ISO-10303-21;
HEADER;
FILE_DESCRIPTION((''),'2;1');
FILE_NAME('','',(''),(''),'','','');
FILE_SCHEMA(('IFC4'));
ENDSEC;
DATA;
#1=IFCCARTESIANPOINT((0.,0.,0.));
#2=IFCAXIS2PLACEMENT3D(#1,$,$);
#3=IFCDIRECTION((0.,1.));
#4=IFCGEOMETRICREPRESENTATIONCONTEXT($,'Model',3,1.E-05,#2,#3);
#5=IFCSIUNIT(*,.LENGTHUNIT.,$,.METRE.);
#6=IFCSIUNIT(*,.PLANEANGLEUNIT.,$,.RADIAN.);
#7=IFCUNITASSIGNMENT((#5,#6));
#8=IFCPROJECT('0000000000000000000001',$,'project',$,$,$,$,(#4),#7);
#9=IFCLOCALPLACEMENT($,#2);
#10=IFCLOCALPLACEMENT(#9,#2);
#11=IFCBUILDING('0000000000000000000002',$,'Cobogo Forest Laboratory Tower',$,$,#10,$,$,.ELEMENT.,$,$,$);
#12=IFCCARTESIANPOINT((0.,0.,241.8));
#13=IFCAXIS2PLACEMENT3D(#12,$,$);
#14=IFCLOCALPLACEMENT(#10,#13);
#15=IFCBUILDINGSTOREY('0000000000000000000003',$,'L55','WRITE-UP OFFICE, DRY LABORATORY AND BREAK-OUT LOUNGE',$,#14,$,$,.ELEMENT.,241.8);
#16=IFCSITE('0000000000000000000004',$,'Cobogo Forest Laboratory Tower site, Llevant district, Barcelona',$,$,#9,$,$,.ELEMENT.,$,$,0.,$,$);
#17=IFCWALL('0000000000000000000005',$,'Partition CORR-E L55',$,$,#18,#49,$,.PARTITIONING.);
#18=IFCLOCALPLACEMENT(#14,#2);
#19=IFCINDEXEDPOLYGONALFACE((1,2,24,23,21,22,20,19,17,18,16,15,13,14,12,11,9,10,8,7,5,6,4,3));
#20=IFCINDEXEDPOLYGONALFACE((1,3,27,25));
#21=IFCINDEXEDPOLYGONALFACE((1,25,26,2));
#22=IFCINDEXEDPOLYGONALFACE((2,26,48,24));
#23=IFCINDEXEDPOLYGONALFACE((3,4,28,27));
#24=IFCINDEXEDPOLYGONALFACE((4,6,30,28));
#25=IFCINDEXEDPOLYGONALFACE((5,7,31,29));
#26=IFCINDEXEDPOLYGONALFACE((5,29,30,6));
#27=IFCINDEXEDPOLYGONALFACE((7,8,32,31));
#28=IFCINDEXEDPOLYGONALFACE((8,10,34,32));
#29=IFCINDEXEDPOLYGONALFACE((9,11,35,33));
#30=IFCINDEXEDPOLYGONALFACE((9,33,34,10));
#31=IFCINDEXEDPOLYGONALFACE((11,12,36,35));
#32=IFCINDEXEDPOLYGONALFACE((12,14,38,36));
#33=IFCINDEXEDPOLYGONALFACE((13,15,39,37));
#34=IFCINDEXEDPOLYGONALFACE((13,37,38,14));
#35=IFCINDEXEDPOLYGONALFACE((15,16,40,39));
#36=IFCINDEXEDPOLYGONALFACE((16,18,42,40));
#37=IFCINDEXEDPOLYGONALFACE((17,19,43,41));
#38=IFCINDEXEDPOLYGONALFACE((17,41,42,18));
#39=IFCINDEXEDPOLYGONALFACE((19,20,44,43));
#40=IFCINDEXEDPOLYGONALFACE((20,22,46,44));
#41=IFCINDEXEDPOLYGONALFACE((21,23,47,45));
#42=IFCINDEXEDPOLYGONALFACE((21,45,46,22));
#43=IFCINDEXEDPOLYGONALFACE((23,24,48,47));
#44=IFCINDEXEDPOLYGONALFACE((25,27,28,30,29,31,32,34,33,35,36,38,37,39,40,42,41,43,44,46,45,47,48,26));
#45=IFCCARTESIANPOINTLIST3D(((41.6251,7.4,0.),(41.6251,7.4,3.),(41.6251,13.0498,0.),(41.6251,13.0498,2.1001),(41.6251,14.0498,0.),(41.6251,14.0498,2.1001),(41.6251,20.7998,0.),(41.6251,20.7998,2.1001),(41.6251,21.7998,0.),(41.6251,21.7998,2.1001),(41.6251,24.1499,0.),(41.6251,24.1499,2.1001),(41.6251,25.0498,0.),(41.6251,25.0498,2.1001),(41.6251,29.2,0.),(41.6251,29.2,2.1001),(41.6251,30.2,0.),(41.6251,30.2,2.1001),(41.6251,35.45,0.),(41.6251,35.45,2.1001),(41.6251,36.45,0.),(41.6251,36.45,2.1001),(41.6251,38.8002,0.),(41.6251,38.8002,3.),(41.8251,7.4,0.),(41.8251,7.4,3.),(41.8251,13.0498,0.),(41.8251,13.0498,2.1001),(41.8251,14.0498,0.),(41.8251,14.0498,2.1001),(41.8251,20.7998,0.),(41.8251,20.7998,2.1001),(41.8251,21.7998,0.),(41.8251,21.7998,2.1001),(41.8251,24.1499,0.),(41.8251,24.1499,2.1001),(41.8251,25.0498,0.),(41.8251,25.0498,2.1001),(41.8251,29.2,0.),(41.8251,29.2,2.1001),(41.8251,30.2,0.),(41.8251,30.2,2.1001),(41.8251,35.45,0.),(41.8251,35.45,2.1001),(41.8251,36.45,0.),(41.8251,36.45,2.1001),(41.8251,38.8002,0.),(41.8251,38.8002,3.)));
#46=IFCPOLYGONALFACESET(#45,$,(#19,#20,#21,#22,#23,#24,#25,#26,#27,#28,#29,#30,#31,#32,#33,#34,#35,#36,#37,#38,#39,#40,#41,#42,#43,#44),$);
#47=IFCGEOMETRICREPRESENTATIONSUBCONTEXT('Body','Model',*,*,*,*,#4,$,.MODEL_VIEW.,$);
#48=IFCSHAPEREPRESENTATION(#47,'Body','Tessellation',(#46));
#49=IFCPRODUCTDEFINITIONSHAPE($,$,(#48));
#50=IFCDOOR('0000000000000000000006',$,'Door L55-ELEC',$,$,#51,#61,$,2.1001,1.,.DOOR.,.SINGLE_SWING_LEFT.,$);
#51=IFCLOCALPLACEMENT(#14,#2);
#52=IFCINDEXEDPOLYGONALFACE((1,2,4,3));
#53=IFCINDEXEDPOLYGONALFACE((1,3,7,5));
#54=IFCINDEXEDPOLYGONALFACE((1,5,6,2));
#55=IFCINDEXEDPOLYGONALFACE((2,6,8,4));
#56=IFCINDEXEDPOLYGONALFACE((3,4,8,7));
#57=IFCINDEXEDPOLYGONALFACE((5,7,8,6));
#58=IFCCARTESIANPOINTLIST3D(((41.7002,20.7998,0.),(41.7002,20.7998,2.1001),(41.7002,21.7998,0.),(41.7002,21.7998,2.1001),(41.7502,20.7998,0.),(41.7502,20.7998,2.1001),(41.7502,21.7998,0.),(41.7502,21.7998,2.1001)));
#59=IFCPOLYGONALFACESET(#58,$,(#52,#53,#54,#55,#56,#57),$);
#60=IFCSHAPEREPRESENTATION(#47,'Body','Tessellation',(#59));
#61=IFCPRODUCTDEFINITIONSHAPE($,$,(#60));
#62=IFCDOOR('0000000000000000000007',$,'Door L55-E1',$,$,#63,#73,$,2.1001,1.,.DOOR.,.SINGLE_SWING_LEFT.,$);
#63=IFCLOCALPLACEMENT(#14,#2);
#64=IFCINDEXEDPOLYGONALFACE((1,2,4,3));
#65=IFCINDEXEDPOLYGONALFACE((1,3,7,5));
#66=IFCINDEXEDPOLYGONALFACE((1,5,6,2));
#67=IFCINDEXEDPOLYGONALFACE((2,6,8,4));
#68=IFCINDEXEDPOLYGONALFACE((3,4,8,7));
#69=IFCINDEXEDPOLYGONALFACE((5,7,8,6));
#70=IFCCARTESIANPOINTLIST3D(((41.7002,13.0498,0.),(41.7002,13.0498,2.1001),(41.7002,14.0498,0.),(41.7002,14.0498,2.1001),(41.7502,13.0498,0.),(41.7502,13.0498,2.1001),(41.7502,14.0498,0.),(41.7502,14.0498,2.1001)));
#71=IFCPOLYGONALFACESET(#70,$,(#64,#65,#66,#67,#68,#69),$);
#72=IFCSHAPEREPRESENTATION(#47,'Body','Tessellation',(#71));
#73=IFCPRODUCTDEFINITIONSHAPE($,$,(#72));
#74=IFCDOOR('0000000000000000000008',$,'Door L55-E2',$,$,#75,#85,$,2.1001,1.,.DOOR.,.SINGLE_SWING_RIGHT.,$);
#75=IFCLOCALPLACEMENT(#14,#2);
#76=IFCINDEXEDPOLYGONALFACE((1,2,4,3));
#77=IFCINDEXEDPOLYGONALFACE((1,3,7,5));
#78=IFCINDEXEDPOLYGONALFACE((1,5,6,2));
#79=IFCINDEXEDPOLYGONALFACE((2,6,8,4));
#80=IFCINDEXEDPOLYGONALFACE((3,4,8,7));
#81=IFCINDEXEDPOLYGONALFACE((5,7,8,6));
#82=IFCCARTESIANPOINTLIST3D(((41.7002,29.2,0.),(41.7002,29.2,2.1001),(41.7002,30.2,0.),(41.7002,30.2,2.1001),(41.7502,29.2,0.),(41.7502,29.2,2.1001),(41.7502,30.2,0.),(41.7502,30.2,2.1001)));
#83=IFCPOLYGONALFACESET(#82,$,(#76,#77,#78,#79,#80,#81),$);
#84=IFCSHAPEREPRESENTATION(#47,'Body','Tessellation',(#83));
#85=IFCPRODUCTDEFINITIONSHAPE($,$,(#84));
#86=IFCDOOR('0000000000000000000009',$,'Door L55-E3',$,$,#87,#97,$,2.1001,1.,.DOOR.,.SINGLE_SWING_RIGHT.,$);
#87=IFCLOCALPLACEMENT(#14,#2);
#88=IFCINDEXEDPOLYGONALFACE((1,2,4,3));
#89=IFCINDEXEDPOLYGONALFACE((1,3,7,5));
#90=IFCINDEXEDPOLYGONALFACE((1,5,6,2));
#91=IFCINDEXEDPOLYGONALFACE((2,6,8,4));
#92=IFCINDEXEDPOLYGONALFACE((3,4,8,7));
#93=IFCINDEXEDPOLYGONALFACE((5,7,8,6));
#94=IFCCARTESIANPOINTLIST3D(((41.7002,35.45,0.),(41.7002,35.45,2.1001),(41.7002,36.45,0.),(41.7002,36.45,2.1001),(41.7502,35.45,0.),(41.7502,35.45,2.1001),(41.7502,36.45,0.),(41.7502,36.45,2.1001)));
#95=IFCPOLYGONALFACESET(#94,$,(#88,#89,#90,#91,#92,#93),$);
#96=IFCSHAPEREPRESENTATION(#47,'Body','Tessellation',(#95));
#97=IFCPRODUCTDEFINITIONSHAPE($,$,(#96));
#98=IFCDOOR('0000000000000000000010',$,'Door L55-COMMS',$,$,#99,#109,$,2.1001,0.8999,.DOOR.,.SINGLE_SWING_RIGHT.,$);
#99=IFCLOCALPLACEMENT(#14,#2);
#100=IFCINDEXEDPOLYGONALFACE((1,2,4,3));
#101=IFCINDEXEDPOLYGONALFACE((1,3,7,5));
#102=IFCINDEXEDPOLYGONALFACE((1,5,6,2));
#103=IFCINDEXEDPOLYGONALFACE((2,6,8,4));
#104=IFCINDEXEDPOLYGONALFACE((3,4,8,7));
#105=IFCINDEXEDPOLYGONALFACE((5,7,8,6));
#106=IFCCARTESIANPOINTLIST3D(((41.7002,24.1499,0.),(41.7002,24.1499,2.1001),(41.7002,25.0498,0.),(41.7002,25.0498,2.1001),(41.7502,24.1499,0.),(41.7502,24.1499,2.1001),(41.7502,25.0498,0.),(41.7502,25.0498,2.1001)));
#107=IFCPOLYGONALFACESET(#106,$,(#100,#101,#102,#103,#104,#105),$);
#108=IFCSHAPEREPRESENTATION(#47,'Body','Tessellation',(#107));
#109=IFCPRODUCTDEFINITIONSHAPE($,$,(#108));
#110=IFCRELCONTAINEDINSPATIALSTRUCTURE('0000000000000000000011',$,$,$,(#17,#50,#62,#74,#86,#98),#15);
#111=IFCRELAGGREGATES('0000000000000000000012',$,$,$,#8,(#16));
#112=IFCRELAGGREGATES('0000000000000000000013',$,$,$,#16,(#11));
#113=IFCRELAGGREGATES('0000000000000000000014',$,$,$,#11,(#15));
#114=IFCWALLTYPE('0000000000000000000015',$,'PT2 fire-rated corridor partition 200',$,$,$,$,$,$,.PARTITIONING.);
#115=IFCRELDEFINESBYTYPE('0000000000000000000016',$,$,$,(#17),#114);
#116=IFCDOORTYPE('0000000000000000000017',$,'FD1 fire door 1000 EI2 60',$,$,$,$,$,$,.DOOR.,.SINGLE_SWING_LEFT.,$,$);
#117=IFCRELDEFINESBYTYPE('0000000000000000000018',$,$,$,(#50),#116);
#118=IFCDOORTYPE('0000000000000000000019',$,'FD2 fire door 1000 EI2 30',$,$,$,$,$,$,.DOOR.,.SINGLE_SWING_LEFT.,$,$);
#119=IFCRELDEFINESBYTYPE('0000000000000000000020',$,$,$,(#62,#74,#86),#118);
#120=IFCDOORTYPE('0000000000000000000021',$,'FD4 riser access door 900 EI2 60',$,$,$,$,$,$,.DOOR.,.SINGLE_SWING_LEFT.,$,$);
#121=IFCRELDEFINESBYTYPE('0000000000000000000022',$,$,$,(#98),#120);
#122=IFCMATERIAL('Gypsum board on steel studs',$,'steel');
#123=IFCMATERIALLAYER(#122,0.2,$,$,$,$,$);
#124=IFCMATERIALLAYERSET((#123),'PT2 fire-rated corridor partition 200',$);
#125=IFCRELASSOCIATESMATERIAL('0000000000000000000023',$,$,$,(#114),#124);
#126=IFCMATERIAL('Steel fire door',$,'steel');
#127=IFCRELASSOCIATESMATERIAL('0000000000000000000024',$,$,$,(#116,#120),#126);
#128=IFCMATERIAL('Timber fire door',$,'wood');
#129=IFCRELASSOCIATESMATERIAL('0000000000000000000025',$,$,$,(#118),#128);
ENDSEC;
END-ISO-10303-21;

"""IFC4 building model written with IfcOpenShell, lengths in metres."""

from ifc_helpers import new_model, si_unit, direction, frame, frame_2d, origin, place, context, subcontext, project, spatial, rectangle, extrude, material, layer, layer_set, type_object, element, fill, save


model = new_model("IFC4")

# Units and contexts
model_context = context("Model", 3, precision=1e-05, world=origin(), true_north=direction((0.0, 1.0)))
body_context = subcontext(model_context, "Body", "Model", "MODEL_VIEW")
ifc_project = project(units=[si_unit("LENGTHUNIT", "METRE"), si_unit("PLANEANGLEUNIT", "RADIAN")], contexts=[model_context])

# Site, building, storey
site_placement = place(None, origin())
site = spatial("IfcSite", under=ifc_project, at=site_placement, Name="Cobogo Forest Laboratory Tower site, Llevant district, Barcelona", CompositionType="ELEMENT", RefElevation=0.0)
building_placement = place(site_placement, origin())
building = spatial("IfcBuilding", under=site, at=building_placement, Name="Cobogo Forest Laboratory Tower", CompositionType="ELEMENT")
storey_placement = place(building_placement, frame((0.0, 0.0, 241.8)))
storey = spatial("IfcBuildingStorey", under=building, at=storey_placement, Name="L55", Description="WRITE-UP OFFICE, DRY LABORATORY AND BREAK-OUT LOUNGE", CompositionType="ELEMENT", Elevation=241.8)

# Shared definitions
ifc_material_1 = material(Name="Steel fire door", Category="steel")

# Shared definitions
ifc_material_2 = material(Name="Gypsum board on steel studs", Category="steel")

# Wall, openings, doors
ifc_layer_1 = layer(ifc_material_2, 0.2)
ifc_layer_set_1 = layer_set([ifc_layer_1], Name="PT2 fire-rated corridor partition 200")
wall_type_1 = type_object("IfcWallType", Name="PT2 fire-rated corridor partition 200", PredefinedType="PARTITIONING", material=ifc_layer_set_1)
wall_1_placement = place(storey_placement, frame((41.7251, 7.3999, 0.0), z_axis=(0.0, 0.0, 1.0), x_axis=(0.0, 1.0, 0.0)))
wall_1 = element("IfcWall", 1, at=wall_1_placement, inside=storey, type_object=wall_type_1, Name="Partition CORR-E L55", PredefinedType="PARTITIONING", context=body_context, shape_type="SweptSolid", body=[
    extrude(rectangle(XDim=31.4001, YDim=0.2, at=frame_2d((15.7002, 0.0))), origin(), (0.0, 0.0, 1.0), 3.0),
])
opening_1_placement = place(wall_1_placement, frame((5.6499, 0.0, 0.0)))
opening_1 = element("IfcOpeningElement", 2, at=opening_1_placement, cuts=wall_1, PredefinedType="OPENING", context=body_context, shape_type="SweptSolid", body=[
    extrude(rectangle(XDim=1.0, YDim=2.1001, at=frame_2d((0.5, 1.05))), frame((0.0, 0.1099, 0.0), z_axis=(0.0, -1.0, 0.0), x_axis=(1.0, 0.0, 0.0)), (0.0, 0.0, 1.0), 0.22),
])
opening_2_placement = place(wall_1_placement, frame((13.3999, 0.0, 0.0)))
opening_2 = element("IfcOpeningElement", 3, at=opening_2_placement, cuts=wall_1, PredefinedType="OPENING", context=body_context, shape_type="SweptSolid", body=[
    extrude(rectangle(XDim=1.0, YDim=2.1001, at=frame_2d((0.5, 1.05))), frame((0.0, 0.1099, 0.0), z_axis=(0.0, -1.0, 0.0), x_axis=(1.0, 0.0, 0.0)), (0.0, 0.0, 1.0), 0.22),
])
opening_3_placement = place(wall_1_placement, frame((16.75, 0.0, 0.0)))
opening_3 = element("IfcOpeningElement", 4, at=opening_3_placement, cuts=wall_1, PredefinedType="OPENING", context=body_context, shape_type="SweptSolid", body=[
    extrude(rectangle(XDim=0.8999, YDim=2.1001, at=frame_2d((0.45, 1.05))), frame((0.0, 0.1099, 0.0), z_axis=(0.0, -1.0, 0.0), x_axis=(1.0, 0.0, 0.0)), (0.0, 0.0, 1.0), 0.22),
])
opening_4_placement = place(wall_1_placement, frame((21.8, 0.0, 0.0)))
opening_4 = element("IfcOpeningElement", 5, at=opening_4_placement, cuts=wall_1, PredefinedType="OPENING", context=body_context, shape_type="SweptSolid", body=[
    extrude(rectangle(XDim=1.0, YDim=2.1001, at=frame_2d((0.5, 1.05))), frame((0.0, 0.1099, 0.0), z_axis=(0.0, -1.0, 0.0), x_axis=(1.0, 0.0, 0.0)), (0.0, 0.0, 1.0), 0.22),
])
opening_5_placement = place(wall_1_placement, frame((28.05, 0.0, 0.0)))
opening_5 = element("IfcOpeningElement", 6, at=opening_5_placement, cuts=wall_1, PredefinedType="OPENING", context=body_context, shape_type="SweptSolid", body=[
    extrude(rectangle(XDim=1.0, YDim=2.1001, at=frame_2d((0.5, 1.05))), frame((0.0, 0.1099, 0.0), z_axis=(0.0, -1.0, 0.0), x_axis=(1.0, 0.0, 0.0)), (0.0, 0.0, 1.0), 0.22),
])
door_type_1 = type_object("IfcDoorType", Name="FD1 fire door 1000 EI2 60", OperationType="SINGLE_SWING_LEFT", PredefinedType="DOOR", material=ifc_material_1)
door_1_placement = place(opening_2_placement, origin())
door_1 = element("IfcDoor", 7, at=door_1_placement, inside=storey, type_object=door_type_1, Name="Door L55-ELEC", OperationType="SINGLE_SWING_LEFT", OverallHeight=2.1001, OverallWidth=1.0, PredefinedType="DOOR", context=body_context, shape_type="SweptSolid", body=[
    extrude(rectangle(XDim=1.0, YDim=2.1001, at=frame_2d((0.5, 1.05))), frame((0.0, 0.0249, 0.0), z_axis=(0.0, -1.0, 0.0), x_axis=(1.0, 0.0, 0.0)), (0.0, 0.0, 1.0), 0.05),
])
fill(opening_2, door_1)
ifc_material_3 = material(Name="Timber fire door", Category="wood")
door_type_2 = type_object("IfcDoorType", Name="FD2 fire door 1000 EI2 30", OperationType="SINGLE_SWING_LEFT", PredefinedType="DOOR", material=ifc_material_3)
door_2_placement = place(opening_1_placement, origin())
door_2 = element("IfcDoor", 8, at=door_2_placement, inside=storey, type_object=door_type_2, Name="Door L55-E1", OperationType="SINGLE_SWING_LEFT", OverallHeight=2.1001, OverallWidth=1.0, PredefinedType="DOOR", context=body_context, shape_type="SweptSolid", body=[
    extrude(rectangle(XDim=1.0, YDim=2.1001, at=frame_2d((0.5, 1.05))), frame((0.0, 0.0249, 0.0), z_axis=(0.0, -1.0, 0.0), x_axis=(1.0, 0.0, 0.0)), (0.0, 0.0, 1.0), 0.05),
])
fill(opening_1, door_2)
door_3_placement = place(opening_4_placement, origin())
door_3 = element("IfcDoor", 9, at=door_3_placement, inside=storey, type_object=door_type_2, Name="Door L55-E2", OperationType="SINGLE_SWING_RIGHT", OverallHeight=2.1001, OverallWidth=1.0, PredefinedType="DOOR", context=body_context, shape_type="SweptSolid", body=[
    extrude(rectangle(XDim=1.0, YDim=2.1001, at=frame_2d((0.5, 1.05))), frame((0.0, 0.0249, 0.0), z_axis=(0.0, -1.0, 0.0), x_axis=(1.0, 0.0, 0.0)), (0.0, 0.0, 1.0), 0.05),
])
fill(opening_4, door_3)
door_4_placement = place(opening_5_placement, origin())
door_4 = element("IfcDoor", 10, at=door_4_placement, inside=storey, type_object=door_type_2, Name="Door L55-E3", OperationType="SINGLE_SWING_RIGHT", OverallHeight=2.1001, OverallWidth=1.0, PredefinedType="DOOR", context=body_context, shape_type="SweptSolid", body=[
    extrude(rectangle(XDim=1.0, YDim=2.1001, at=frame_2d((0.5, 1.05))), frame((0.0, 0.0249, 0.0), z_axis=(0.0, -1.0, 0.0), x_axis=(1.0, 0.0, 0.0)), (0.0, 0.0, 1.0), 0.05),
])
fill(opening_5, door_4)
door_type_3 = type_object("IfcDoorType", Name="FD4 riser access door 900 EI2 60", OperationType="SINGLE_SWING_LEFT", PredefinedType="DOOR", material=ifc_material_1)
door_5_placement = place(opening_3_placement, origin())
door_5 = element("IfcDoor", 11, at=door_5_placement, inside=storey, type_object=door_type_3, Name="Door L55-COMMS", OperationType="SINGLE_SWING_RIGHT", OverallHeight=2.1001, OverallWidth=0.8999, PredefinedType="DOOR", context=body_context, shape_type="SweptSolid", body=[
    extrude(rectangle(XDim=0.8999, YDim=2.1001, at=frame_2d((0.45, 1.05))), frame((0.0, 0.0249, 0.0), z_axis=(0.0, -1.0, 0.0), x_axis=(1.0, 0.0, 0.0)), (0.0, 0.0, 1.0), 0.05),
])
fill(opening_3, door_5)

save(model, "model.ifc")
